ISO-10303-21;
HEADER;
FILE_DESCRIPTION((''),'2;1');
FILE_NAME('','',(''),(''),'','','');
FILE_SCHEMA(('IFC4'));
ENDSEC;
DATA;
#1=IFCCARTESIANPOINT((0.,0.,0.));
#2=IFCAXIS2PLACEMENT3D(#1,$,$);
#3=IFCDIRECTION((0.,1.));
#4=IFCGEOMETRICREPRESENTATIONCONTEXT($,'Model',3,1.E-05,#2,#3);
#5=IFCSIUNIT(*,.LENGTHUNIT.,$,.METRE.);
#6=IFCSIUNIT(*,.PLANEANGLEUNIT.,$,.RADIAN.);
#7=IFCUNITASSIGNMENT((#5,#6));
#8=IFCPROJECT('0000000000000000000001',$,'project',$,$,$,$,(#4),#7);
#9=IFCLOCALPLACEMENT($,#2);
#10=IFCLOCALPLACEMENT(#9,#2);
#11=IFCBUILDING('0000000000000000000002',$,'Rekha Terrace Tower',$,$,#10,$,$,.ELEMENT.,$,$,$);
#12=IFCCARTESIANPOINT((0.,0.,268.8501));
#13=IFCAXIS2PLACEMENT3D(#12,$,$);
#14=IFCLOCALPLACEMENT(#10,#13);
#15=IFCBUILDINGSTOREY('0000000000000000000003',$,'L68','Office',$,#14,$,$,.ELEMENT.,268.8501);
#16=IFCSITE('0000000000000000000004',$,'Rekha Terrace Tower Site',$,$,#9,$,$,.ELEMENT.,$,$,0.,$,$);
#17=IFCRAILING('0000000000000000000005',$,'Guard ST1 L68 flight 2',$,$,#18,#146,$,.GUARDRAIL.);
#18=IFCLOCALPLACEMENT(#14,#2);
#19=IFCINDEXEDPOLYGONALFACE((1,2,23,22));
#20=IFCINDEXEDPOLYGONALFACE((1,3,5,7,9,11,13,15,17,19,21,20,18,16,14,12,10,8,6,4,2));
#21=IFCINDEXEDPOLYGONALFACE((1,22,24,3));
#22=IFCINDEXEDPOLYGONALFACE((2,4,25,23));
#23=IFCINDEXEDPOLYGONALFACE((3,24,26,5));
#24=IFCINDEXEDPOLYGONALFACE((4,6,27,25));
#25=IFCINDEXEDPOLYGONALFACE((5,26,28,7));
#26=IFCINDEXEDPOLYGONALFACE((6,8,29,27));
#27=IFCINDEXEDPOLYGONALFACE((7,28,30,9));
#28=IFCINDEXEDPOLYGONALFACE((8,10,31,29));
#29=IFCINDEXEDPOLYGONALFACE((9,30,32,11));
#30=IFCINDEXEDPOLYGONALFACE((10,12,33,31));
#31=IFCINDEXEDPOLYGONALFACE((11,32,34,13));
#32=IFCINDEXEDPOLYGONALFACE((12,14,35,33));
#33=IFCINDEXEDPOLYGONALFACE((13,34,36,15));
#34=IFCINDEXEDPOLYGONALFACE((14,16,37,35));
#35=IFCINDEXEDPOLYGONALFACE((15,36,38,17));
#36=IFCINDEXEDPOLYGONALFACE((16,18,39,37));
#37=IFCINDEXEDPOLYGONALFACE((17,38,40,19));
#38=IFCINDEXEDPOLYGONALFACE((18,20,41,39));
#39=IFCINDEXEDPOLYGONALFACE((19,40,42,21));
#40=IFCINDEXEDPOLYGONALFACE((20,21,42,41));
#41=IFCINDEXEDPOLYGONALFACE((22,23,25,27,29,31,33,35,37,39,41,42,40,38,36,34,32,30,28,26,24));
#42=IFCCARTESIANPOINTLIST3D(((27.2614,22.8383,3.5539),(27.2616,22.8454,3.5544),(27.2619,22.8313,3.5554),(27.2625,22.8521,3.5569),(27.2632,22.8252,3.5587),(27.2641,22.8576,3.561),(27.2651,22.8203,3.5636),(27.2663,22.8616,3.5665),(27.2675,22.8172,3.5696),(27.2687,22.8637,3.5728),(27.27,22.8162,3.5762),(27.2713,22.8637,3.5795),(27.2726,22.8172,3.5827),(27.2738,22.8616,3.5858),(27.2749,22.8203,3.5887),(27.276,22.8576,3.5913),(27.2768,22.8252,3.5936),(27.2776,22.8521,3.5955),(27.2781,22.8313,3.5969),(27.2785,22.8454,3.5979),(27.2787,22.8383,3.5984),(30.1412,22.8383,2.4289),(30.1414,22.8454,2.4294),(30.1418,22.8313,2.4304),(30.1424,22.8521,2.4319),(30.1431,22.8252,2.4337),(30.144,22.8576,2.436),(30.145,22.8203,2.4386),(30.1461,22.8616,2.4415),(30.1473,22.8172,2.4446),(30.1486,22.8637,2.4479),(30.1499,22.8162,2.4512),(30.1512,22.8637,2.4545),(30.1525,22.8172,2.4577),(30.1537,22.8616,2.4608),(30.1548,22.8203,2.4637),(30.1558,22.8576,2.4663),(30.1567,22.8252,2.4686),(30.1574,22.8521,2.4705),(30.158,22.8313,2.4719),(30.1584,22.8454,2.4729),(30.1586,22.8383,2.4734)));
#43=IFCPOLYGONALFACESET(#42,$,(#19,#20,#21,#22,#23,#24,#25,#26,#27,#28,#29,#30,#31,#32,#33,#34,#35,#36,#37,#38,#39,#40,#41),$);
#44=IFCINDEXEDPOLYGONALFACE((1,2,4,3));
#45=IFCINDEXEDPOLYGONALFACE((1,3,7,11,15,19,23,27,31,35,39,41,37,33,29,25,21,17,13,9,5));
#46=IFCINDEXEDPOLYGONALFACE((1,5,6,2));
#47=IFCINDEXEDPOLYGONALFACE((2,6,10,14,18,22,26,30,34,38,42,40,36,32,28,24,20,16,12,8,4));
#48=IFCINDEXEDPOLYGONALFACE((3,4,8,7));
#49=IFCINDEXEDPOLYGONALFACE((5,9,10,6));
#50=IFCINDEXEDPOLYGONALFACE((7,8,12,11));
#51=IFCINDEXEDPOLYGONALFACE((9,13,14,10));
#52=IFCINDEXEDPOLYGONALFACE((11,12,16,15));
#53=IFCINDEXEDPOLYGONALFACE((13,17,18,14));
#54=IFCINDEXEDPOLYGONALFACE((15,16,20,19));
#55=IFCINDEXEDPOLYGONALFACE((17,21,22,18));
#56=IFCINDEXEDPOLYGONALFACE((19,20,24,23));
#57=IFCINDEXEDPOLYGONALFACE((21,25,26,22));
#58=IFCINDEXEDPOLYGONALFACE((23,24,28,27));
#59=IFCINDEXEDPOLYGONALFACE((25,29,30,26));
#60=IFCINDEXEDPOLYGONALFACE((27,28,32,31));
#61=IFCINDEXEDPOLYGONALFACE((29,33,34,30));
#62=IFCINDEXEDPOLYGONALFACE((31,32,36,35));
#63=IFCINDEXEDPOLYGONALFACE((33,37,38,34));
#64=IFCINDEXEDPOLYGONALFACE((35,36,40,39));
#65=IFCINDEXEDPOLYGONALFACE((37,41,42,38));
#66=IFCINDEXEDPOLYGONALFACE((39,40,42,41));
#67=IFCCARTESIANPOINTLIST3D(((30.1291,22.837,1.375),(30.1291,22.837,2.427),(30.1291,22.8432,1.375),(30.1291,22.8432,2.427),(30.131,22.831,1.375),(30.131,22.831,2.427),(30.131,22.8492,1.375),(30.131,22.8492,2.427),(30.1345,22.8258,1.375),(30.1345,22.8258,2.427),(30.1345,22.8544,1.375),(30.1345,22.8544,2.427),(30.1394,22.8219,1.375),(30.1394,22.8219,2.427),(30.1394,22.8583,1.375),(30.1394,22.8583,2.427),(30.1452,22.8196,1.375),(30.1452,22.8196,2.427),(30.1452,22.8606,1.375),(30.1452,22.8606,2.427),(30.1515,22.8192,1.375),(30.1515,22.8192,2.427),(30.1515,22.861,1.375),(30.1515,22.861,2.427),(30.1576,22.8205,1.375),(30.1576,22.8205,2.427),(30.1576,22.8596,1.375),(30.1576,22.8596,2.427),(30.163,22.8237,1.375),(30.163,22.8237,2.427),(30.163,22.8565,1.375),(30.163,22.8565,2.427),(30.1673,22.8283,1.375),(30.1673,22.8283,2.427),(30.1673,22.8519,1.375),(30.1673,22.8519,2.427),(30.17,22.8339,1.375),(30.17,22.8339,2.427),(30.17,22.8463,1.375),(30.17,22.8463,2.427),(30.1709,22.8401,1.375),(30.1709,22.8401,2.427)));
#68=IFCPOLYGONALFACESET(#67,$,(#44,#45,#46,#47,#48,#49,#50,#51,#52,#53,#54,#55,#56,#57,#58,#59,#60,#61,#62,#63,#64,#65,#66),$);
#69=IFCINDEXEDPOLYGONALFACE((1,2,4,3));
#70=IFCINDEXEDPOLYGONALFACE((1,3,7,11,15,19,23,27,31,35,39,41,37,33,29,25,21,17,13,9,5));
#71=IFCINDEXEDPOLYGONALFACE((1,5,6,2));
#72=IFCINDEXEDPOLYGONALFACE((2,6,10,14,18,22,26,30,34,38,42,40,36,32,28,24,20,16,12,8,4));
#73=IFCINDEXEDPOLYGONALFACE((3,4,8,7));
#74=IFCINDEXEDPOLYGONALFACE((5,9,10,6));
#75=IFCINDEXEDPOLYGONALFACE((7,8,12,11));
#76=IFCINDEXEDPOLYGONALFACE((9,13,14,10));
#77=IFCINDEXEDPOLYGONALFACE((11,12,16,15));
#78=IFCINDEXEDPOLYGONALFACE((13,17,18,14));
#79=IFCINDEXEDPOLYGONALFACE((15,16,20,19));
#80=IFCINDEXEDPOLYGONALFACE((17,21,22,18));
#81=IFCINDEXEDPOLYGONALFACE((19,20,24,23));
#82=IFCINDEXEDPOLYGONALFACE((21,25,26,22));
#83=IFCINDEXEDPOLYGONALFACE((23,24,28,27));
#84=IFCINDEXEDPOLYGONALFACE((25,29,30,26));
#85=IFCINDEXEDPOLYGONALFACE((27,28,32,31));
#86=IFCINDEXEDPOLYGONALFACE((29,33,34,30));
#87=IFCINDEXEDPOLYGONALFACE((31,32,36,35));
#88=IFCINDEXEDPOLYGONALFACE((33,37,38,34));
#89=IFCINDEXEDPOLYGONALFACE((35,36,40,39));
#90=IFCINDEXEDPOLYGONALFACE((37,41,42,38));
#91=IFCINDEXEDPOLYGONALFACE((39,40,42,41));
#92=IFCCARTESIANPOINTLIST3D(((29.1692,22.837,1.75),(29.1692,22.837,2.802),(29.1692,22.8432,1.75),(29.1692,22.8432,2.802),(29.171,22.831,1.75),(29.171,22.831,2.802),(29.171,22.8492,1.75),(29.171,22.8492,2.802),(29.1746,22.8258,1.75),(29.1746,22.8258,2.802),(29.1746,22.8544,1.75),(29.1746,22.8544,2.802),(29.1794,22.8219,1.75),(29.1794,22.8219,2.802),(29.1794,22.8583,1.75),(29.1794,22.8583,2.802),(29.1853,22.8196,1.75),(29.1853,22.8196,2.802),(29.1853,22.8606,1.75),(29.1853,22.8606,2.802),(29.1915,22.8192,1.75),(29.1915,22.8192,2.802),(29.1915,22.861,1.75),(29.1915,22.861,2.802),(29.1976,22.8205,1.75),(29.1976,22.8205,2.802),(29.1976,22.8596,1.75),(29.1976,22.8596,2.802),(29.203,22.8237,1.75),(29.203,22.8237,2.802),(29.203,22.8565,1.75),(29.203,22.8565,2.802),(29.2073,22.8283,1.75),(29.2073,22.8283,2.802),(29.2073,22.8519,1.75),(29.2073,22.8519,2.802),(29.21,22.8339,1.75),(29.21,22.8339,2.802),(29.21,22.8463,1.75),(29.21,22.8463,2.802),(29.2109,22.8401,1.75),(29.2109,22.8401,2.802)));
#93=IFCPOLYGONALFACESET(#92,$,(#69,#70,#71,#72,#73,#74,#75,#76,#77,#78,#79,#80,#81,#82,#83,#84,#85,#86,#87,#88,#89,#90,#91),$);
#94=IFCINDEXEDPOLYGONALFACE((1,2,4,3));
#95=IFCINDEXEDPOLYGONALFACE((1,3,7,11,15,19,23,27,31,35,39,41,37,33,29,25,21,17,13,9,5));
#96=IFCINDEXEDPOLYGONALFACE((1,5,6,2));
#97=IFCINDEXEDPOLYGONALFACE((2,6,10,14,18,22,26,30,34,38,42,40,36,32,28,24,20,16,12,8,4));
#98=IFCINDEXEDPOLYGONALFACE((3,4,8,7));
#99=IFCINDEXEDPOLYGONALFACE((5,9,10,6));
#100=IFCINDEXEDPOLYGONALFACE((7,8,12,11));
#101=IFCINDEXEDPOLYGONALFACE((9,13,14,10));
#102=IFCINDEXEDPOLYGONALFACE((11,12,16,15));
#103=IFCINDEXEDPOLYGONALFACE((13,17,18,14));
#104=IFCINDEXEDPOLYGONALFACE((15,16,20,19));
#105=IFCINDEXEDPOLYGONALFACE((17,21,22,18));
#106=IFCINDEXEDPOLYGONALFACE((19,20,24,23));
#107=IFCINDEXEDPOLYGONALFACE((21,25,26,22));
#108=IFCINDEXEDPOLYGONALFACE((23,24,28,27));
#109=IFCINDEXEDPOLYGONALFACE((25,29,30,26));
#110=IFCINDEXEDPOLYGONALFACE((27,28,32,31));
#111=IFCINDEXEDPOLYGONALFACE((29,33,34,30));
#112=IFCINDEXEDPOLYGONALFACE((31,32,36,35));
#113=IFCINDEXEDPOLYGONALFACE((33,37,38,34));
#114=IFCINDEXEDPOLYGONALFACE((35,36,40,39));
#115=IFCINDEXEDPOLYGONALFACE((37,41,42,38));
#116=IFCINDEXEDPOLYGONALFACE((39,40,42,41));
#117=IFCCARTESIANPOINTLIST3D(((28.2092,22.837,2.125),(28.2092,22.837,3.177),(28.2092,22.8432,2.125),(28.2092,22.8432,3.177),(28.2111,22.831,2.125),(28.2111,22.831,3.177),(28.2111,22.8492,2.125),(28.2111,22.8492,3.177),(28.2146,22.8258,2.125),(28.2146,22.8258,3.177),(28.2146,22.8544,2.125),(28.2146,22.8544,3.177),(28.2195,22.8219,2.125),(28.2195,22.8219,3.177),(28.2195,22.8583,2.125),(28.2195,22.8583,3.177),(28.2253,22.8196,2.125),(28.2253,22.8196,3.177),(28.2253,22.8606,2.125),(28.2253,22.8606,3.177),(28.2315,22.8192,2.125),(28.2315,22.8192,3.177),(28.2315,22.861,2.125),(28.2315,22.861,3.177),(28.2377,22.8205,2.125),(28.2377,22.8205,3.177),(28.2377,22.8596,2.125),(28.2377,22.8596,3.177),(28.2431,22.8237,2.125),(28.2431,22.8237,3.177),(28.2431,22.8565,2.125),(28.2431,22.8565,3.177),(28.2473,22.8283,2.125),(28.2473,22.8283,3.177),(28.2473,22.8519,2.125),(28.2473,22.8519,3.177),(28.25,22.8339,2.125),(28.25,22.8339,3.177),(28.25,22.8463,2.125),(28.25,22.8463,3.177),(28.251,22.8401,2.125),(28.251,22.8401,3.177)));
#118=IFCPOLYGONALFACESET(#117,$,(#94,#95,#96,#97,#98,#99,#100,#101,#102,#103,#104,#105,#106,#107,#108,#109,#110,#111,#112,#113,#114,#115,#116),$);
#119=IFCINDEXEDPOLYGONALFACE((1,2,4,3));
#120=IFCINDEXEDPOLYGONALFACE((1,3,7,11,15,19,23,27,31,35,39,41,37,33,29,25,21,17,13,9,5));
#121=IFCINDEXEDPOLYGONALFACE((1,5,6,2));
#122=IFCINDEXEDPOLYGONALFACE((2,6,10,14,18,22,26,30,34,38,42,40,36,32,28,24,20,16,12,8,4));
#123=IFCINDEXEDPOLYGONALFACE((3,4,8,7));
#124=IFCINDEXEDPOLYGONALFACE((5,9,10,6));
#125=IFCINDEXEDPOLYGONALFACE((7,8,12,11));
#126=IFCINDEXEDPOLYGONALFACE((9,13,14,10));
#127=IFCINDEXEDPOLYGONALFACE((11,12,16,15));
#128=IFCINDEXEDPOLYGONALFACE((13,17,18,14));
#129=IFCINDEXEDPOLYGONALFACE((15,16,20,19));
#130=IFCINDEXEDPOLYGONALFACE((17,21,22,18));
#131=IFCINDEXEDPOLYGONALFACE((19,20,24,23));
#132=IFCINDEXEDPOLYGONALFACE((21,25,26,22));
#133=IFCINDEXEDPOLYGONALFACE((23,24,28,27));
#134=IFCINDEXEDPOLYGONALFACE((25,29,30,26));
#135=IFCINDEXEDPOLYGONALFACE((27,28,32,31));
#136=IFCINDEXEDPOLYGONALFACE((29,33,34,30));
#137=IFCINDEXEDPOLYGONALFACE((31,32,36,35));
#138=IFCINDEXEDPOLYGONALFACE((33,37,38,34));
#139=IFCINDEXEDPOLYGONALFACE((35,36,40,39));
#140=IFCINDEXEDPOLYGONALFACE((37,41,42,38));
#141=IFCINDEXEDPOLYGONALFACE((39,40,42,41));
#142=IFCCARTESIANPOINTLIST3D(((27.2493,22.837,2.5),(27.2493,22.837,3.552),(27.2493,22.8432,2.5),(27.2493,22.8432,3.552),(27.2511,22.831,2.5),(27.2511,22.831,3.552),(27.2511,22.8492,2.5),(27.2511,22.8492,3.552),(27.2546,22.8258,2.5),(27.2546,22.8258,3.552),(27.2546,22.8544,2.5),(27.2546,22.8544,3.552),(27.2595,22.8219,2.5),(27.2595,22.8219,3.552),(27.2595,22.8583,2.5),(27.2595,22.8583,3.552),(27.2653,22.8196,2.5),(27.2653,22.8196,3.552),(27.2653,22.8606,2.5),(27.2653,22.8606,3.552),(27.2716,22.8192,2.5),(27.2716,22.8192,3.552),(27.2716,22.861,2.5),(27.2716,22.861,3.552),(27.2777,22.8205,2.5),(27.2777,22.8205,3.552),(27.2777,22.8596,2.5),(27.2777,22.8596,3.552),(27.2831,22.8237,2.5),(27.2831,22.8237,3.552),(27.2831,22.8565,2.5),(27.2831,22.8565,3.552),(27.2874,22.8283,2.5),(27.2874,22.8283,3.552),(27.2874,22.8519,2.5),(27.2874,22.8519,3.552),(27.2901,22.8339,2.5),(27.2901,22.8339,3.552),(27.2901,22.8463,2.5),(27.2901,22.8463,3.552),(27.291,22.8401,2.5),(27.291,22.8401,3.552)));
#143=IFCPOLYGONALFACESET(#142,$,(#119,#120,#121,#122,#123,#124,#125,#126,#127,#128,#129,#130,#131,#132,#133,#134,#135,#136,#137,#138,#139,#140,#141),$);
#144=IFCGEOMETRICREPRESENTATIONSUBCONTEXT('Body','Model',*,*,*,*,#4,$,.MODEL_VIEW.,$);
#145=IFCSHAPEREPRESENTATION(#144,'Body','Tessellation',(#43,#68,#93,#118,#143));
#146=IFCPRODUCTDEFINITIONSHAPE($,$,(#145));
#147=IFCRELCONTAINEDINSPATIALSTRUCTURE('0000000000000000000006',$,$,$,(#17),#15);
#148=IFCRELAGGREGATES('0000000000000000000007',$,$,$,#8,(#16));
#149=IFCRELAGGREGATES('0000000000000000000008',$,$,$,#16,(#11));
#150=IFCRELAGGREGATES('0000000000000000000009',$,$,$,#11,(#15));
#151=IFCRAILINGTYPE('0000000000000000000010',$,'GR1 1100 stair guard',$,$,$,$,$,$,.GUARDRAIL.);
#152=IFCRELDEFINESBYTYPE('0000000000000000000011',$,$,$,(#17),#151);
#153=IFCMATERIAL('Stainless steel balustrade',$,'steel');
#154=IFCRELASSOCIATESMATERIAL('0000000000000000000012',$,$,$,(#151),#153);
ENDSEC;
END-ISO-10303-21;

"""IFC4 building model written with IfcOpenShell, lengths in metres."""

from ifc_helpers import new_model, si_unit, direction, frame, origin, origin_2d, place, context, subcontext, project, spatial, circle, extrude, material, type_object, element, save


model = new_model("IFC4")

# Units and contexts
model_context = context("Model", 3, precision=1e-05, world=origin(), true_north=direction((0.0, 1.0)))
body_context = subcontext(model_context, "Body", "Model", "MODEL_VIEW")
ifc_project = project(units=[si_unit("LENGTHUNIT", "METRE"), si_unit("PLANEANGLEUNIT", "RADIAN")], contexts=[model_context])

# Site, building, storey
site_placement = place(None, origin())
site = spatial("IfcSite", under=ifc_project, at=site_placement, Name="Rekha Terrace Tower Site", CompositionType="ELEMENT", RefElevation=0.0)
building_placement = place(site_placement, origin())
building = spatial("IfcBuilding", under=site, at=building_placement, Name="Rekha Terrace Tower", CompositionType="ELEMENT")
storey_placement = place(building_placement, frame((0.0, 0.0, 268.8501)))
storey = spatial("IfcBuildingStorey", under=building, at=storey_placement, Name="L68", Description="Office", CompositionType="ELEMENT", Elevation=268.8501)

# Railing
ifc_material_1 = material(Name="Stainless steel balustrade", Category="steel")
railing_type_1 = type_object("IfcRailingType", Name="GR1 1100 stair guard", PredefinedType="GUARDRAIL", material=ifc_material_1)
railing_1_placement = place(storey_placement, frame((30.1499, 22.8401, 1.375)))
element("IfcRailing", 1, at=railing_1_placement, inside=storey, type_object=railing_type_1, Name="Guard ST1 L68 flight 2", PredefinedType="GUARDRAIL", context=body_context, shape_type="SweptSolid", body=[
    extrude(circle(Radius=0.0239, at=origin_2d()), frame((0.0, 0.0, 1.0762), z_axis=(-0.931452, 0.0, 0.363863), x_axis=(0.0, -1.0, 0.0)), (0.0, 0.0, 1.0), 3.0918),
    extrude(circle(Radius=0.021, at=origin_2d()), origin(), (0.0, 0.0, 1.0), 1.052),
    extrude(circle(Radius=0.021, at=origin_2d()), frame((-0.96, 0.0, 0.375)), (0.0, 0.0, 1.0), 1.052),
    extrude(circle(Radius=0.021, at=origin_2d()), frame((-1.9199, 0.0, 0.75)), (0.0, 0.0, 1.0), 1.052),
    extrude(circle(Radius=0.021, at=origin_2d()), frame((-2.8799, 0.0, 1.125)), (0.0, 0.0, 1.0), 1.052),
])

save(model, "model.ifc")
